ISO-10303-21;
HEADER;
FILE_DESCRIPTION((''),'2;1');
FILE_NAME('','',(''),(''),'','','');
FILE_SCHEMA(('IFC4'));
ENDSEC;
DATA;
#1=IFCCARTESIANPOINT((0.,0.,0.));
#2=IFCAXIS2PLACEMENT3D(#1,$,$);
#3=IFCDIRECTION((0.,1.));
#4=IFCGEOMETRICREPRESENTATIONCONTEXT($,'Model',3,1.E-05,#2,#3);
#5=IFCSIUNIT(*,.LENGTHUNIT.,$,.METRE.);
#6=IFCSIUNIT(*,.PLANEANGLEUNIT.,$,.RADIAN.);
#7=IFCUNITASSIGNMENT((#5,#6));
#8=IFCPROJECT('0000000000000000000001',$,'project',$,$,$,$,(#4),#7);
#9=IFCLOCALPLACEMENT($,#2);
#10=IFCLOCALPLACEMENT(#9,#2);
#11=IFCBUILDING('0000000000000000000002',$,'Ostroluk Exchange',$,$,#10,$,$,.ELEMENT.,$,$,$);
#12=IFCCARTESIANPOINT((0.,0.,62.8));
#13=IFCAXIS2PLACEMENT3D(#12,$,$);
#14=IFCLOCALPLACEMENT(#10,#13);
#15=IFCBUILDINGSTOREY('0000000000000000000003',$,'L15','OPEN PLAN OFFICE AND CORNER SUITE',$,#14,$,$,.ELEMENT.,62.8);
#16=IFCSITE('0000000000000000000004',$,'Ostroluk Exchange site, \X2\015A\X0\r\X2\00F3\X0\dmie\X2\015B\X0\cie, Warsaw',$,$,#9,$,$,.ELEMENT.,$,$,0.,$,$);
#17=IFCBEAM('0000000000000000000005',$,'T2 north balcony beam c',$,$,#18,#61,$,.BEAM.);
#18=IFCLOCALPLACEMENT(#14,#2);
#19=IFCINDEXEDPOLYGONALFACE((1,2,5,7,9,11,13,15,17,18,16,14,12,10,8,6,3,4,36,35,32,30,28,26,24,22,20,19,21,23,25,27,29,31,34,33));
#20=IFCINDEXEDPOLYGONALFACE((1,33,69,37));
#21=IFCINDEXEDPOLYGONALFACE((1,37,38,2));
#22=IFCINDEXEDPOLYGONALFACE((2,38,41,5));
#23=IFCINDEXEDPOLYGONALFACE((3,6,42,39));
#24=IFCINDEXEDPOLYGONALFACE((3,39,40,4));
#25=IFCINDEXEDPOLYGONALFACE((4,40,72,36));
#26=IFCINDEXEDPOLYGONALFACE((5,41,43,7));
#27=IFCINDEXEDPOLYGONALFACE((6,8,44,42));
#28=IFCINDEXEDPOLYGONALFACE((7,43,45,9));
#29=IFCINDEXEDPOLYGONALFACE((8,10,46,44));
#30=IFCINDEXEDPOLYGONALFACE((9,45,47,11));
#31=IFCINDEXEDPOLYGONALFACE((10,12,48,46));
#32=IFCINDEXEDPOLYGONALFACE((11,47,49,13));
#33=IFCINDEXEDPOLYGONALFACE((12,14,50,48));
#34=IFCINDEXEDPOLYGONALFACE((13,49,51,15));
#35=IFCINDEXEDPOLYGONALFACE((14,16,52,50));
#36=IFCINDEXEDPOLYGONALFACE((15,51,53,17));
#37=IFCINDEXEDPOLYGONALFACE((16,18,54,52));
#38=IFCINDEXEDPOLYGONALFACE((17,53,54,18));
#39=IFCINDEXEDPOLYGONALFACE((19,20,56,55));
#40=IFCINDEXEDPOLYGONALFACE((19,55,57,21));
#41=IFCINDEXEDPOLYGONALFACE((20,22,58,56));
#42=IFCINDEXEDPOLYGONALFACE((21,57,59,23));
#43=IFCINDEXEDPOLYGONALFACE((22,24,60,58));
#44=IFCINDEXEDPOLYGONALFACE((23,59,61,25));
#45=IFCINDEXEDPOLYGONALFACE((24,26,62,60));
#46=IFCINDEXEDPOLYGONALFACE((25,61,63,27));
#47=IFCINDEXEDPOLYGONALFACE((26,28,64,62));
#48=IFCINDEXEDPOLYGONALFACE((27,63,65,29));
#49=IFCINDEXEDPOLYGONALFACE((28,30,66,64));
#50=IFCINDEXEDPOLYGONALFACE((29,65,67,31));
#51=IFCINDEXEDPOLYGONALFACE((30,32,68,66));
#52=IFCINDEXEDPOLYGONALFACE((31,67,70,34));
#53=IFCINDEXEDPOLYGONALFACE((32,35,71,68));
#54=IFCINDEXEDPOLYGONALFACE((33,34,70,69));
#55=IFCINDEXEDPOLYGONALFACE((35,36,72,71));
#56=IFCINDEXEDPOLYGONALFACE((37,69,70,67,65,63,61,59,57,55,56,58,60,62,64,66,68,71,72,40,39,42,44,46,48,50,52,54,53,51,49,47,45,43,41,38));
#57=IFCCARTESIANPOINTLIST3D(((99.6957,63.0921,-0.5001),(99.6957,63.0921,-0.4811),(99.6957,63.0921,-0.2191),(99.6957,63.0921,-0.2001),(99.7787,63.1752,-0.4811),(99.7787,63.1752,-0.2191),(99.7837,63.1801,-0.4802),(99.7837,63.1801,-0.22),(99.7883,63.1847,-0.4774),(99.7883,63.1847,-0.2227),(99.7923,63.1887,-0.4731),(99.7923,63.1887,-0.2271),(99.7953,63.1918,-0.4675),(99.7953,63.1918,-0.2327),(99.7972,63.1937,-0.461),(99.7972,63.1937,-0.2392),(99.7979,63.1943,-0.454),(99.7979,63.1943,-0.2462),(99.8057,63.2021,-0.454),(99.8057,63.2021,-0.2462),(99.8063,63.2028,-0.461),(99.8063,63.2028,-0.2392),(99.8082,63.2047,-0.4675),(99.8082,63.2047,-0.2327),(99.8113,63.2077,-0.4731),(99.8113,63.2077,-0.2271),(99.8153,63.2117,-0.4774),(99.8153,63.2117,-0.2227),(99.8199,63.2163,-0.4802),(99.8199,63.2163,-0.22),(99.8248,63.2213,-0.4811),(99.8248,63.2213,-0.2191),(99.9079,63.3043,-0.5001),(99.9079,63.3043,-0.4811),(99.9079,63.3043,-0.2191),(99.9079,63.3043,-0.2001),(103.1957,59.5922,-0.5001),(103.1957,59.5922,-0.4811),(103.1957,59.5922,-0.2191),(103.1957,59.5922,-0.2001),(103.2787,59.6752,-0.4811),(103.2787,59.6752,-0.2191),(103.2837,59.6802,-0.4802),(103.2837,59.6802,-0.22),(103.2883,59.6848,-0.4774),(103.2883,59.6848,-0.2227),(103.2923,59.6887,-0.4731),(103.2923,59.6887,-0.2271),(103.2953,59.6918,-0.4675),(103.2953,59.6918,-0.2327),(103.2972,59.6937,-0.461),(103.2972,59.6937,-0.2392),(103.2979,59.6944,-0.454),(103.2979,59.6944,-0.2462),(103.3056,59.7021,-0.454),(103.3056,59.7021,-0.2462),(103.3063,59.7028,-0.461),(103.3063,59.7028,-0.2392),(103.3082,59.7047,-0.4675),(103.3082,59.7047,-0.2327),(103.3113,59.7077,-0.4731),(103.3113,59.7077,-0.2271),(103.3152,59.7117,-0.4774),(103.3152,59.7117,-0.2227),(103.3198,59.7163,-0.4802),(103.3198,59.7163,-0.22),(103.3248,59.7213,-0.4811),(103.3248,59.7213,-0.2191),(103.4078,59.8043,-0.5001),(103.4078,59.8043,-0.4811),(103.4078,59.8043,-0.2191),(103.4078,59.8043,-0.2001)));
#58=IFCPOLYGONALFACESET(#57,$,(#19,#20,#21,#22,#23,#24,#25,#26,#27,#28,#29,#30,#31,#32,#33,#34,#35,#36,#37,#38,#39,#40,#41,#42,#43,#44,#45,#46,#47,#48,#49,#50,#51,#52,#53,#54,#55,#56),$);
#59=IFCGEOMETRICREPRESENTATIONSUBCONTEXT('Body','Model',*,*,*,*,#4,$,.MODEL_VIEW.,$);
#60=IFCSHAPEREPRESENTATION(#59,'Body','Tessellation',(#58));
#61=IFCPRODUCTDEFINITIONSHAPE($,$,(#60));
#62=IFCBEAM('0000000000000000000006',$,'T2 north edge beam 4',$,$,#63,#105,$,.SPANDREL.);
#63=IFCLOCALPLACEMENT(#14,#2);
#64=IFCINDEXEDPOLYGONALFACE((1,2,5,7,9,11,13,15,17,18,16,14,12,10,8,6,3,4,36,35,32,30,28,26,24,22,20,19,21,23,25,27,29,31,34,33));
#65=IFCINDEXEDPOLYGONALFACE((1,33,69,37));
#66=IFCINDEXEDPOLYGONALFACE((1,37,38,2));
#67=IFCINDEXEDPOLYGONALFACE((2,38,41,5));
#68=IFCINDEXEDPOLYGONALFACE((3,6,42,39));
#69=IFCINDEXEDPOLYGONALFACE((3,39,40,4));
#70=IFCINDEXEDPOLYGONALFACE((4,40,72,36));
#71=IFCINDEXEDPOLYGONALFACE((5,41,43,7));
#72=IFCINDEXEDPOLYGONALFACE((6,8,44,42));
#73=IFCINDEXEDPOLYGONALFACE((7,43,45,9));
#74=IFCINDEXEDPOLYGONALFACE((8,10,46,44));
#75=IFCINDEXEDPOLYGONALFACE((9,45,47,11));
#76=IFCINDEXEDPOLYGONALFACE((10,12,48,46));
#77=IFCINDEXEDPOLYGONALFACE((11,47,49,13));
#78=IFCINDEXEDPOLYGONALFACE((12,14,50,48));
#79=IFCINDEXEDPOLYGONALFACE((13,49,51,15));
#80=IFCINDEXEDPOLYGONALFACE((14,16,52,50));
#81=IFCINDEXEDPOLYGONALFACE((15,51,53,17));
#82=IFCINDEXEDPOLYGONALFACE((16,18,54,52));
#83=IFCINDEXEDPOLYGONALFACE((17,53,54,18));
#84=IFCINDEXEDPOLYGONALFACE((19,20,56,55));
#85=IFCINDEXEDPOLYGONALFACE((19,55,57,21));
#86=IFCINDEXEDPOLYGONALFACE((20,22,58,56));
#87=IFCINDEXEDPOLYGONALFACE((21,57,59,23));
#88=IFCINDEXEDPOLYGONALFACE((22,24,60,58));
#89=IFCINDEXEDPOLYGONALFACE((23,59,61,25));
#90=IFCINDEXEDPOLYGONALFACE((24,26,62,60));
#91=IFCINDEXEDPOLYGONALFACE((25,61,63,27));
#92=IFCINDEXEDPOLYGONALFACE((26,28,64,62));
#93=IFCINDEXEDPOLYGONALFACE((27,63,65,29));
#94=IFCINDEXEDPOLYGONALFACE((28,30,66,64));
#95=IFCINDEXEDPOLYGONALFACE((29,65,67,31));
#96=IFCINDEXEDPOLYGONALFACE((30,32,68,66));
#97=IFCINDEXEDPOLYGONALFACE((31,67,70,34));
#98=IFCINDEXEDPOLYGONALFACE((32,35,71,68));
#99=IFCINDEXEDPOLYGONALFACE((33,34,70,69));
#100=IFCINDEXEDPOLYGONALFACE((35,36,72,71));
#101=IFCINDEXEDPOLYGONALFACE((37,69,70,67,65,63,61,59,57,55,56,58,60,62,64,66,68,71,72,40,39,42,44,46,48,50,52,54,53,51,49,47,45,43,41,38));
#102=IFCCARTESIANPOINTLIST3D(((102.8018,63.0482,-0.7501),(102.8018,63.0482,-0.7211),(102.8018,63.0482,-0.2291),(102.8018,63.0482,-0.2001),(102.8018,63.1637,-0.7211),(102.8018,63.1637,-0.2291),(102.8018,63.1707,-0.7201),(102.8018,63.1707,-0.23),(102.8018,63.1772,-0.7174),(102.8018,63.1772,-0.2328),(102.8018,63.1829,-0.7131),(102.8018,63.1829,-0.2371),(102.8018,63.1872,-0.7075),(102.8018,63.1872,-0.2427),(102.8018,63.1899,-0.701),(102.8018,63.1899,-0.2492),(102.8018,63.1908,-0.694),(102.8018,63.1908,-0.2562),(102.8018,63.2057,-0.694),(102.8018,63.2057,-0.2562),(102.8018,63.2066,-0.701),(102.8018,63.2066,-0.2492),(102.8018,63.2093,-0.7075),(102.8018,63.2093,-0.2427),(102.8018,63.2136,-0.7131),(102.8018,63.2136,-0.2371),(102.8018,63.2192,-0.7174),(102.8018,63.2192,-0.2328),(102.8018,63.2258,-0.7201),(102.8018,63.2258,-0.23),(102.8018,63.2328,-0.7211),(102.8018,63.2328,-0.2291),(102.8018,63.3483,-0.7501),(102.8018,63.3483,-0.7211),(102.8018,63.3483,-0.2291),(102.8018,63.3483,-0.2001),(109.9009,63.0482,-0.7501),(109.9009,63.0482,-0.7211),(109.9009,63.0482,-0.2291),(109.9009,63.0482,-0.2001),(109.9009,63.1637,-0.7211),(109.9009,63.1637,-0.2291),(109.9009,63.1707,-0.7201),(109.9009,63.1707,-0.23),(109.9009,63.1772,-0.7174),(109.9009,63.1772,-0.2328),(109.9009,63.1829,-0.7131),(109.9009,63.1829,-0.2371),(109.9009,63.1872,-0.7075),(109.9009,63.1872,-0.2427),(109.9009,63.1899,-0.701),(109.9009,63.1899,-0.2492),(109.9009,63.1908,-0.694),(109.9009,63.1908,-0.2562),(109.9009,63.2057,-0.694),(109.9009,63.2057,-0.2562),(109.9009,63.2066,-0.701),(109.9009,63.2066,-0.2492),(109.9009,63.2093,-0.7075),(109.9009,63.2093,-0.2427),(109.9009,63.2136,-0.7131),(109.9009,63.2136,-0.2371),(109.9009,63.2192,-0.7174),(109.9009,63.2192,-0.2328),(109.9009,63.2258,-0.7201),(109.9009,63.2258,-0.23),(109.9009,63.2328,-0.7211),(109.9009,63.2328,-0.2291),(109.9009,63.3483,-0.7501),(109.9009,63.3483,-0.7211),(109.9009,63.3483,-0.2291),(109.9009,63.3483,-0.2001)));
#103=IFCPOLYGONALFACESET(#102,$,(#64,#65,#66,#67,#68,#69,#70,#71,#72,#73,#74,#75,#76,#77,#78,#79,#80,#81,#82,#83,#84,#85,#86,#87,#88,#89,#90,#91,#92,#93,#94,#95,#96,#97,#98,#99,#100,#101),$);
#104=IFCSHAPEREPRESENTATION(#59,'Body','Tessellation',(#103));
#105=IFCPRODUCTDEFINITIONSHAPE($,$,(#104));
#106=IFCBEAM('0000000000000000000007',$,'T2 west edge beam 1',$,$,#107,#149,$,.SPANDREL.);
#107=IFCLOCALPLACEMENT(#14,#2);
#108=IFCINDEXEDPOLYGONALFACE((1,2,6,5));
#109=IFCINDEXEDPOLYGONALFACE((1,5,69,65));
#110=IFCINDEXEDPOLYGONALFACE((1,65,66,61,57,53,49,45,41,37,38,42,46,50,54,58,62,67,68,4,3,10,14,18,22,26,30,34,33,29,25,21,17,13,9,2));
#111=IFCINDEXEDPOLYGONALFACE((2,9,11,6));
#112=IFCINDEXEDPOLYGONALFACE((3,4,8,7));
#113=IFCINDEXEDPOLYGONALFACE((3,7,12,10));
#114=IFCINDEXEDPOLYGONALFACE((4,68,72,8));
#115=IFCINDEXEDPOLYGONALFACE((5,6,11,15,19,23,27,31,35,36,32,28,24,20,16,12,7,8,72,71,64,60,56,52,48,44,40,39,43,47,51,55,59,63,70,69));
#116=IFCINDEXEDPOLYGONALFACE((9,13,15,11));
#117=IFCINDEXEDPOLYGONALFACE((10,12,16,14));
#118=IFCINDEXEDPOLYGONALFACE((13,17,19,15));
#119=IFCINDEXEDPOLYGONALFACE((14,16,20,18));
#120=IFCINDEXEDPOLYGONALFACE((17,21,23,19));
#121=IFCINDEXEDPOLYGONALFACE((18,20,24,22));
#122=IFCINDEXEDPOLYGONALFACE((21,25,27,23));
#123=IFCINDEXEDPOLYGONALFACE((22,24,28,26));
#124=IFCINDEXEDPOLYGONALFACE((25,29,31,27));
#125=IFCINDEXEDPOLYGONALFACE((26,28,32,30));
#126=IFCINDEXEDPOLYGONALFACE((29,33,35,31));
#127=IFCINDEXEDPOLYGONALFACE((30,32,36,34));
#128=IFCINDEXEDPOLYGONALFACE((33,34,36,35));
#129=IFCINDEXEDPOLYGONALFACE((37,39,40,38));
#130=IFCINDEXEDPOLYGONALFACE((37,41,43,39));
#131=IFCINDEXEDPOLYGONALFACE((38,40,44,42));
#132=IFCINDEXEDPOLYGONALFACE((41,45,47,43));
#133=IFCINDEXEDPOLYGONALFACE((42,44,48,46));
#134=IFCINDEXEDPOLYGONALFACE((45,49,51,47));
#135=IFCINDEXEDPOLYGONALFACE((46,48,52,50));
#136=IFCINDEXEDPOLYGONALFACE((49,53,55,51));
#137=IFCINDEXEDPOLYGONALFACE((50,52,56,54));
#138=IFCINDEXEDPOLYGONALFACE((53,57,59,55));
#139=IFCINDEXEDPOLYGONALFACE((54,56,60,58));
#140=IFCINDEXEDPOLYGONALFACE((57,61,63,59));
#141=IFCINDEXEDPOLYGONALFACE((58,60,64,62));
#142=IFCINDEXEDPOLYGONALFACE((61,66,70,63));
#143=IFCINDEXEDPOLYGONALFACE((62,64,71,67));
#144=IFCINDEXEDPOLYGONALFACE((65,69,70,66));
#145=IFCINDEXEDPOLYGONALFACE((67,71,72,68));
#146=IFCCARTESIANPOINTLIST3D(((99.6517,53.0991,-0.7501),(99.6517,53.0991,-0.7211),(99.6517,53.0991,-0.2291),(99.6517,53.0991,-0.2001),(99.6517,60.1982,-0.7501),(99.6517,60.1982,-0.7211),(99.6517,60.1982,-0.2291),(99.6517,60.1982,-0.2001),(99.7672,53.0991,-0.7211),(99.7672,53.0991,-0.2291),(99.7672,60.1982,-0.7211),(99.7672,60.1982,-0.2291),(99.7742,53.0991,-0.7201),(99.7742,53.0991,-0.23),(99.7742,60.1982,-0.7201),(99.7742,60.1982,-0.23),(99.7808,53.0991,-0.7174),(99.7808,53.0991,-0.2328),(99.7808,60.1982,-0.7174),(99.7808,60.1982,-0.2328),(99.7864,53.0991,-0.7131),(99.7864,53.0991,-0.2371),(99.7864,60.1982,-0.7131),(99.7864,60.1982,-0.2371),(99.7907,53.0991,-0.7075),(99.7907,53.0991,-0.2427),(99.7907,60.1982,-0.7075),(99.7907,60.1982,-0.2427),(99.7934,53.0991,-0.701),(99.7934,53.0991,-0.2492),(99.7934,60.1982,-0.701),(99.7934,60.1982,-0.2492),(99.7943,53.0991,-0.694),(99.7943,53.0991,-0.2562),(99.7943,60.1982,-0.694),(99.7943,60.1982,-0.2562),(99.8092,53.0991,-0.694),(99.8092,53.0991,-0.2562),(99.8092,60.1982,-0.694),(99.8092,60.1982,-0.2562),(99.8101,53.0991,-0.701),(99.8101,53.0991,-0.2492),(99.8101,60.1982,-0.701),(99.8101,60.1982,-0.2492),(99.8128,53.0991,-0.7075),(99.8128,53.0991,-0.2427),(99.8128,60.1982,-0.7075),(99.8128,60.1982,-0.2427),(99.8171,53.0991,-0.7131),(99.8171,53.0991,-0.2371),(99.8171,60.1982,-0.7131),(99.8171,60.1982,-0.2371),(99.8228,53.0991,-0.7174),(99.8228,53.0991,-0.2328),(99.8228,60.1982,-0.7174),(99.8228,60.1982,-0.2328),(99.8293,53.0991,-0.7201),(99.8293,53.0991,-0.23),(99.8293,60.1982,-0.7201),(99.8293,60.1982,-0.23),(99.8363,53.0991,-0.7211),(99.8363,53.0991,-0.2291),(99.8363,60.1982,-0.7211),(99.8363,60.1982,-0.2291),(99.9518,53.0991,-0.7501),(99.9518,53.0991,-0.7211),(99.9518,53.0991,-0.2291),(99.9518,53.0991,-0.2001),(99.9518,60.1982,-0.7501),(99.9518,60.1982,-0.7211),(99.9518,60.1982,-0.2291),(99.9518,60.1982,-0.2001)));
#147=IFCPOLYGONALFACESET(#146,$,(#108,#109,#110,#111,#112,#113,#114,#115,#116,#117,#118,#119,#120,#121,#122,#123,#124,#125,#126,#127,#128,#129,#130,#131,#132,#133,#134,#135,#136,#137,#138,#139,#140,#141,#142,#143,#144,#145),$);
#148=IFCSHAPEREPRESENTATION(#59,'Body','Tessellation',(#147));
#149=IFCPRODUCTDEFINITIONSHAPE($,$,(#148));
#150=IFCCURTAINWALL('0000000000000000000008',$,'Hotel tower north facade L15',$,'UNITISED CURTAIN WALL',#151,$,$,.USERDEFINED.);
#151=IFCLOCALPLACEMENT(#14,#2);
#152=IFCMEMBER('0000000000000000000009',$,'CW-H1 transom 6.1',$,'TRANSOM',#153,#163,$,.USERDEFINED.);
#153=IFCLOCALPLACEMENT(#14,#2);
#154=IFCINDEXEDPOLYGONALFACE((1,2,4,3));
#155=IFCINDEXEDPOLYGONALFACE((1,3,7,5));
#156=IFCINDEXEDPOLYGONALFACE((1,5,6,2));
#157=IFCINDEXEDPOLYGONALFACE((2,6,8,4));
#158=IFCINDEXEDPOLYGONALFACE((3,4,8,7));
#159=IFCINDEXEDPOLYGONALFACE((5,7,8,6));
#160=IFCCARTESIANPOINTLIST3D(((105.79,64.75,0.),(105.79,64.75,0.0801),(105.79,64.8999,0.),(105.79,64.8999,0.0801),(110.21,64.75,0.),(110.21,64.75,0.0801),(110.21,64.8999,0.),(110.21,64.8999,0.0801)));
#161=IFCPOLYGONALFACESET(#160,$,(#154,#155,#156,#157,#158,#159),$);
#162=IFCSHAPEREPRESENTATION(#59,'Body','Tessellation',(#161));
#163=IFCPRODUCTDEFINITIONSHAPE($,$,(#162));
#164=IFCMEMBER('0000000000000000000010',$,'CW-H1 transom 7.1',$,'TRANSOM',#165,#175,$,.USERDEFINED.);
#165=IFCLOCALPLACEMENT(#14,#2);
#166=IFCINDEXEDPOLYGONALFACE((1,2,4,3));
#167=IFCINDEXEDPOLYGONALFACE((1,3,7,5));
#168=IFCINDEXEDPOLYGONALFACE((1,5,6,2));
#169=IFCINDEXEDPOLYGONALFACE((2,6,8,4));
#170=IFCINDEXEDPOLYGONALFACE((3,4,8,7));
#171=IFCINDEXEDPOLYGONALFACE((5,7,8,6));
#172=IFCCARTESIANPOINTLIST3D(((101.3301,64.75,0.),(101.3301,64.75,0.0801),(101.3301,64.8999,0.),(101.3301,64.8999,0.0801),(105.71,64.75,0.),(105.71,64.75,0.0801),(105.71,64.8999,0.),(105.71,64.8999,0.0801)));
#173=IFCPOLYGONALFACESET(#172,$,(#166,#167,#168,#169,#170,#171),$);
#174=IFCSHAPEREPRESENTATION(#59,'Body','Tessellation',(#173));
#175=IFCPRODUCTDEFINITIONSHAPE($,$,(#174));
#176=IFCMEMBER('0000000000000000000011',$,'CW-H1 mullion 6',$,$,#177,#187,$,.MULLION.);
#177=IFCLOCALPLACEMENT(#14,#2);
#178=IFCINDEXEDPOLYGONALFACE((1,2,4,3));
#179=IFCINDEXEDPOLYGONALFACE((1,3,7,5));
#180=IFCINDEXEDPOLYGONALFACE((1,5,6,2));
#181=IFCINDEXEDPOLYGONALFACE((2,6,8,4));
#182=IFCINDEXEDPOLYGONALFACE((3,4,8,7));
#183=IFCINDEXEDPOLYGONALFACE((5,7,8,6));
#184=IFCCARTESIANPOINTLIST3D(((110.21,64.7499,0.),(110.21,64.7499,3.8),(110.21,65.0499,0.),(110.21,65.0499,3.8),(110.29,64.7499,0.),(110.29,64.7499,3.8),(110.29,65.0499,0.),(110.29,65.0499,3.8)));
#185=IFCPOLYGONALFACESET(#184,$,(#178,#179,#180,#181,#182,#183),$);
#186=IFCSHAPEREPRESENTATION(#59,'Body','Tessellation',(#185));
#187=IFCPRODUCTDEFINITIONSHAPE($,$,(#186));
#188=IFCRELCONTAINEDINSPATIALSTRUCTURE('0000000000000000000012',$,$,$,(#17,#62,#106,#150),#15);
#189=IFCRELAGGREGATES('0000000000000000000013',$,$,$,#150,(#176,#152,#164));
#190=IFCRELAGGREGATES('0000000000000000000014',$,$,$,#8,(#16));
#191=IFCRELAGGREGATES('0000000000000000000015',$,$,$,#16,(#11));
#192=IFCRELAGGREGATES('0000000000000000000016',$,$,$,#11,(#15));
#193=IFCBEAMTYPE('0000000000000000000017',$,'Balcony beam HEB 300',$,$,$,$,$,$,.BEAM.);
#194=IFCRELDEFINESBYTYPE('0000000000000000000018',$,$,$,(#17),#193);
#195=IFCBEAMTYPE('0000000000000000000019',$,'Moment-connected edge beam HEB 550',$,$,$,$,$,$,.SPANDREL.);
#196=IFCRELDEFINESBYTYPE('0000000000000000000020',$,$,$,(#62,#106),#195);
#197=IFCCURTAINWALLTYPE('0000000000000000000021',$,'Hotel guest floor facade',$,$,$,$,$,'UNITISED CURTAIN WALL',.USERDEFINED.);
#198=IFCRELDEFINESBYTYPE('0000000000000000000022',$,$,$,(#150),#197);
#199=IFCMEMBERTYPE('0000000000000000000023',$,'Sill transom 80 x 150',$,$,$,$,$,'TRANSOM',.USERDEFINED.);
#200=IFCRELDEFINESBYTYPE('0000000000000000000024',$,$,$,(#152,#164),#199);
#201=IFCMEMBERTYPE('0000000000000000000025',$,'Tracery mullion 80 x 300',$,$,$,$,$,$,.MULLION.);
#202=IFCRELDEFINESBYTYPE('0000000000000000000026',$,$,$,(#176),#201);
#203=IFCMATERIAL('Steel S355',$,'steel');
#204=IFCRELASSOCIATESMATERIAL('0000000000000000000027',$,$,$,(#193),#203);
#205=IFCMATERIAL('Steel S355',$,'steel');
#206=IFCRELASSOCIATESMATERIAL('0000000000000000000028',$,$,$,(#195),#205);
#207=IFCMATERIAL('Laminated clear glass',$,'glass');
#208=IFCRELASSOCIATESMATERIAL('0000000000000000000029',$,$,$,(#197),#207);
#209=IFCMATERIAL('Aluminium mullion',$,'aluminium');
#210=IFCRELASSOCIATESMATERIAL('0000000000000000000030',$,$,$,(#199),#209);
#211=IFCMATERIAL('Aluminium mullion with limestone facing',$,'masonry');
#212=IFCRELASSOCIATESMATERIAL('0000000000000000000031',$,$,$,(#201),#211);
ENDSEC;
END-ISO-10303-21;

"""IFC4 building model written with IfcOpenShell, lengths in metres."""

from ifc_helpers import new_model, si_unit, direction, frame, origin, origin_2d, place, context, subcontext, project, spatial, rectangle, i_section, extrude, material, material_profile, profile_set, type_object, element, aggregate, save


model = new_model("IFC4")

# Units and contexts
model_context = context("Model", 3, precision=1e-05, world=origin(), true_north=direction((0.0, 1.0)))
body_context = subcontext(model_context, "Body", "Model", "MODEL_VIEW")
ifc_project = project(units=[si_unit("LENGTHUNIT", "METRE"), si_unit("PLANEANGLEUNIT", "RADIAN")], contexts=[model_context])

# Site, building, storey
site_placement = place(None, origin())
site = spatial("IfcSite", under=ifc_project, at=site_placement, Name="Ostroluk Exchange site, Śródmieście, Warsaw", CompositionType="ELEMENT", RefElevation=0.0)
building_placement = place(site_placement, origin())
building = spatial("IfcBuilding", under=site, at=building_placement, Name="Ostroluk Exchange", CompositionType="ELEMENT")
storey_placement = place(building_placement, frame((0.0, 0.0, 62.8)))
storey = spatial("IfcBuildingStorey", under=building, at=storey_placement, Name="L15", Description="OPEN PLAN OFFICE AND CORNER SUITE", CompositionType="ELEMENT", Elevation=62.8)

# Beams
ifc_material_1 = material(Name="Steel S355", Category="steel")
ifc_material_profile_1 = material_profile(ifc_material_1, i_section(OverallWidth=0.3, OverallDepth=0.3, WebThickness=0.011, FlangeThickness=0.019, FilletRadius=0.0271, at=origin_2d()), Name="HEB 300")
ifc_profile_set_1 = profile_set([ifc_material_profile_1], Name="Steel S355")
beam_type_1 = type_object("IfcBeamType", Name="Balcony beam HEB 300", PredefinedType="BEAM", material=ifc_profile_set_1)
beam_placement = place(storey_placement, frame((103.3018, 59.6982, -0.3501), z_axis=(-0.707107, 0.707107, 0.0), x_axis=(-0.707107, -0.707107, 0.0)))
element("IfcBeam", 1, at=beam_placement, inside=storey, type_object=beam_type_1, Name="T2 north balcony beam c", PredefinedType="BEAM", context=body_context, shape_type="SweptSolid", body=[
    extrude(i_section(OverallWidth=0.3, OverallDepth=0.3, WebThickness=0.011, FlangeThickness=0.019, FilletRadius=0.0271, at=origin_2d()), origin(), (0.0, 0.0, 1.0), 4.9497),
])
ifc_material_2 = material(Name="Steel S355", Category="steel")
ifc_material_profile_2 = material_profile(ifc_material_2, i_section(OverallWidth=0.3, OverallDepth=0.55, WebThickness=0.0149, FlangeThickness=0.0291, FilletRadius=0.0271, at=origin_2d()), Name="HEB 550")
ifc_profile_set_2 = profile_set([ifc_material_profile_2], Name="Steel S355")
beam_type_2 = type_object("IfcBeamType", Name="Moment-connected edge beam HEB 550", PredefinedType="SPANDREL", material=ifc_profile_set_2)
for number, where, z_axis, x_axis, name in (
    (2, (109.9009, 63.1982, -0.4751), (-1.0, 0.0, 0.0), (0.0, -1.0, 0.0), "T2 north edge beam 4"),
    (3, (99.8018, 60.1982, -0.4751), (0.0, -1.0, 0.0), (1.0, 0.0, 0.0), "T2 west edge beam 1"),
):
    element("IfcBeam", number, at=place(storey_placement, frame(where, z_axis=z_axis, x_axis=x_axis)), inside=storey, type_object=beam_type_2, Name=name, PredefinedType="SPANDREL", context=body_context, shape_type="SweptSolid", body=[
        extrude(i_section(OverallWidth=0.3, OverallDepth=0.55, WebThickness=0.0149, FlangeThickness=0.0291, FilletRadius=0.0271, at=origin_2d()), origin(), (0.0, 0.0, 1.0), 7.0991),
    ])

# Curtain wall, members
ifc_material_3 = material(Name="Laminated clear glass", Category="glass")
curtain_wall_type = type_object("IfcCurtainWallType", Name="Hotel guest floor facade", ElementType="UNITISED CURTAIN WALL", PredefinedType="USERDEFINED", material=ifc_material_3)
curtain_wall_placement = place(storey_placement, origin())
curtain_wall = element("IfcCurtainWall", 4, at=curtain_wall_placement, inside=storey, type_object=curtain_wall_type, Name="Hotel tower north facade L15", ObjectType="UNITISED CURTAIN WALL", PredefinedType="USERDEFINED")
ifc_material_4 = material(Name="Aluminium mullion", Category="aluminium")
ifc_material_profile_3 = material_profile(ifc_material_4, rectangle(XDim=0.1499, YDim=0.0801, at=origin_2d()), Name="Sill transom 80 x 150")
ifc_profile_set_3 = profile_set([ifc_material_profile_3], Name="Aluminium mullion")
member_type_1 = type_object("IfcMemberType", Name="Sill transom 80 x 150", ElementType="TRANSOM", PredefinedType="USERDEFINED", material=ifc_profile_set_3)
member_1_placement = place(storey_placement, frame((110.21, 64.825, 0.04), z_axis=(-1.0, 0.0, 0.0), x_axis=(0.0, -1.0, 0.0)))
member_1 = element("IfcMember", 5, at=member_1_placement, type_object=member_type_1, Name="CW-H1 transom 6.1", ObjectType="TRANSOM", PredefinedType="USERDEFINED", context=body_context, shape_type="SweptSolid", body=[
    extrude(rectangle(XDim=0.1499, YDim=0.0801, at=origin_2d()), origin(), (0.0, 0.0, 1.0), 4.4199),
])
member_2_placement = place(storey_placement, frame((105.71, 64.825, 0.04), z_axis=(-1.0, 0.0, 0.0), x_axis=(0.0, -1.0, 0.0)))
member_2 = element("IfcMember", 6, at=member_2_placement, type_object=member_type_1, Name="CW-H1 transom 7.1", ObjectType="TRANSOM", PredefinedType="USERDEFINED", context=body_context, shape_type="SweptSolid", body=[
    extrude(rectangle(XDim=0.1499, YDim=0.0801, at=origin_2d()), origin(), (0.0, 0.0, 1.0), 4.3799),
])
ifc_material_5 = material(Name="Aluminium mullion with limestone facing", Category="masonry")
ifc_material_profile_4 = material_profile(ifc_material_5, rectangle(XDim=0.3, YDim=0.0801, at=origin_2d()), Name="Tracery mullion 80 x 300")
ifc_profile_set_4 = profile_set([ifc_material_profile_4], Name="Aluminium mullion with limestone facing")
member_type_2 = type_object("IfcMemberType", Name="Tracery mullion 80 x 300", PredefinedType="MULLION", material=ifc_profile_set_4)
member_3_placement = place(storey_placement, frame((110.25, 64.8999, 0.0), z_axis=(0.0, 0.0, 1.0), x_axis=(0.0, -1.0, 0.0)))
member_3 = element("IfcMember", 7, at=member_3_placement, type_object=member_type_2, Name="CW-H1 mullion 6", PredefinedType="MULLION", context=body_context, shape_type="SweptSolid", body=[
    extrude(rectangle(XDim=0.3, YDim=0.0801, at=origin_2d()), origin(), (0.0, 0.0, 1.0), 3.8),
])
aggregate(curtain_wall, [member_3, member_1, member_2])

save(model, "model.ifc")
